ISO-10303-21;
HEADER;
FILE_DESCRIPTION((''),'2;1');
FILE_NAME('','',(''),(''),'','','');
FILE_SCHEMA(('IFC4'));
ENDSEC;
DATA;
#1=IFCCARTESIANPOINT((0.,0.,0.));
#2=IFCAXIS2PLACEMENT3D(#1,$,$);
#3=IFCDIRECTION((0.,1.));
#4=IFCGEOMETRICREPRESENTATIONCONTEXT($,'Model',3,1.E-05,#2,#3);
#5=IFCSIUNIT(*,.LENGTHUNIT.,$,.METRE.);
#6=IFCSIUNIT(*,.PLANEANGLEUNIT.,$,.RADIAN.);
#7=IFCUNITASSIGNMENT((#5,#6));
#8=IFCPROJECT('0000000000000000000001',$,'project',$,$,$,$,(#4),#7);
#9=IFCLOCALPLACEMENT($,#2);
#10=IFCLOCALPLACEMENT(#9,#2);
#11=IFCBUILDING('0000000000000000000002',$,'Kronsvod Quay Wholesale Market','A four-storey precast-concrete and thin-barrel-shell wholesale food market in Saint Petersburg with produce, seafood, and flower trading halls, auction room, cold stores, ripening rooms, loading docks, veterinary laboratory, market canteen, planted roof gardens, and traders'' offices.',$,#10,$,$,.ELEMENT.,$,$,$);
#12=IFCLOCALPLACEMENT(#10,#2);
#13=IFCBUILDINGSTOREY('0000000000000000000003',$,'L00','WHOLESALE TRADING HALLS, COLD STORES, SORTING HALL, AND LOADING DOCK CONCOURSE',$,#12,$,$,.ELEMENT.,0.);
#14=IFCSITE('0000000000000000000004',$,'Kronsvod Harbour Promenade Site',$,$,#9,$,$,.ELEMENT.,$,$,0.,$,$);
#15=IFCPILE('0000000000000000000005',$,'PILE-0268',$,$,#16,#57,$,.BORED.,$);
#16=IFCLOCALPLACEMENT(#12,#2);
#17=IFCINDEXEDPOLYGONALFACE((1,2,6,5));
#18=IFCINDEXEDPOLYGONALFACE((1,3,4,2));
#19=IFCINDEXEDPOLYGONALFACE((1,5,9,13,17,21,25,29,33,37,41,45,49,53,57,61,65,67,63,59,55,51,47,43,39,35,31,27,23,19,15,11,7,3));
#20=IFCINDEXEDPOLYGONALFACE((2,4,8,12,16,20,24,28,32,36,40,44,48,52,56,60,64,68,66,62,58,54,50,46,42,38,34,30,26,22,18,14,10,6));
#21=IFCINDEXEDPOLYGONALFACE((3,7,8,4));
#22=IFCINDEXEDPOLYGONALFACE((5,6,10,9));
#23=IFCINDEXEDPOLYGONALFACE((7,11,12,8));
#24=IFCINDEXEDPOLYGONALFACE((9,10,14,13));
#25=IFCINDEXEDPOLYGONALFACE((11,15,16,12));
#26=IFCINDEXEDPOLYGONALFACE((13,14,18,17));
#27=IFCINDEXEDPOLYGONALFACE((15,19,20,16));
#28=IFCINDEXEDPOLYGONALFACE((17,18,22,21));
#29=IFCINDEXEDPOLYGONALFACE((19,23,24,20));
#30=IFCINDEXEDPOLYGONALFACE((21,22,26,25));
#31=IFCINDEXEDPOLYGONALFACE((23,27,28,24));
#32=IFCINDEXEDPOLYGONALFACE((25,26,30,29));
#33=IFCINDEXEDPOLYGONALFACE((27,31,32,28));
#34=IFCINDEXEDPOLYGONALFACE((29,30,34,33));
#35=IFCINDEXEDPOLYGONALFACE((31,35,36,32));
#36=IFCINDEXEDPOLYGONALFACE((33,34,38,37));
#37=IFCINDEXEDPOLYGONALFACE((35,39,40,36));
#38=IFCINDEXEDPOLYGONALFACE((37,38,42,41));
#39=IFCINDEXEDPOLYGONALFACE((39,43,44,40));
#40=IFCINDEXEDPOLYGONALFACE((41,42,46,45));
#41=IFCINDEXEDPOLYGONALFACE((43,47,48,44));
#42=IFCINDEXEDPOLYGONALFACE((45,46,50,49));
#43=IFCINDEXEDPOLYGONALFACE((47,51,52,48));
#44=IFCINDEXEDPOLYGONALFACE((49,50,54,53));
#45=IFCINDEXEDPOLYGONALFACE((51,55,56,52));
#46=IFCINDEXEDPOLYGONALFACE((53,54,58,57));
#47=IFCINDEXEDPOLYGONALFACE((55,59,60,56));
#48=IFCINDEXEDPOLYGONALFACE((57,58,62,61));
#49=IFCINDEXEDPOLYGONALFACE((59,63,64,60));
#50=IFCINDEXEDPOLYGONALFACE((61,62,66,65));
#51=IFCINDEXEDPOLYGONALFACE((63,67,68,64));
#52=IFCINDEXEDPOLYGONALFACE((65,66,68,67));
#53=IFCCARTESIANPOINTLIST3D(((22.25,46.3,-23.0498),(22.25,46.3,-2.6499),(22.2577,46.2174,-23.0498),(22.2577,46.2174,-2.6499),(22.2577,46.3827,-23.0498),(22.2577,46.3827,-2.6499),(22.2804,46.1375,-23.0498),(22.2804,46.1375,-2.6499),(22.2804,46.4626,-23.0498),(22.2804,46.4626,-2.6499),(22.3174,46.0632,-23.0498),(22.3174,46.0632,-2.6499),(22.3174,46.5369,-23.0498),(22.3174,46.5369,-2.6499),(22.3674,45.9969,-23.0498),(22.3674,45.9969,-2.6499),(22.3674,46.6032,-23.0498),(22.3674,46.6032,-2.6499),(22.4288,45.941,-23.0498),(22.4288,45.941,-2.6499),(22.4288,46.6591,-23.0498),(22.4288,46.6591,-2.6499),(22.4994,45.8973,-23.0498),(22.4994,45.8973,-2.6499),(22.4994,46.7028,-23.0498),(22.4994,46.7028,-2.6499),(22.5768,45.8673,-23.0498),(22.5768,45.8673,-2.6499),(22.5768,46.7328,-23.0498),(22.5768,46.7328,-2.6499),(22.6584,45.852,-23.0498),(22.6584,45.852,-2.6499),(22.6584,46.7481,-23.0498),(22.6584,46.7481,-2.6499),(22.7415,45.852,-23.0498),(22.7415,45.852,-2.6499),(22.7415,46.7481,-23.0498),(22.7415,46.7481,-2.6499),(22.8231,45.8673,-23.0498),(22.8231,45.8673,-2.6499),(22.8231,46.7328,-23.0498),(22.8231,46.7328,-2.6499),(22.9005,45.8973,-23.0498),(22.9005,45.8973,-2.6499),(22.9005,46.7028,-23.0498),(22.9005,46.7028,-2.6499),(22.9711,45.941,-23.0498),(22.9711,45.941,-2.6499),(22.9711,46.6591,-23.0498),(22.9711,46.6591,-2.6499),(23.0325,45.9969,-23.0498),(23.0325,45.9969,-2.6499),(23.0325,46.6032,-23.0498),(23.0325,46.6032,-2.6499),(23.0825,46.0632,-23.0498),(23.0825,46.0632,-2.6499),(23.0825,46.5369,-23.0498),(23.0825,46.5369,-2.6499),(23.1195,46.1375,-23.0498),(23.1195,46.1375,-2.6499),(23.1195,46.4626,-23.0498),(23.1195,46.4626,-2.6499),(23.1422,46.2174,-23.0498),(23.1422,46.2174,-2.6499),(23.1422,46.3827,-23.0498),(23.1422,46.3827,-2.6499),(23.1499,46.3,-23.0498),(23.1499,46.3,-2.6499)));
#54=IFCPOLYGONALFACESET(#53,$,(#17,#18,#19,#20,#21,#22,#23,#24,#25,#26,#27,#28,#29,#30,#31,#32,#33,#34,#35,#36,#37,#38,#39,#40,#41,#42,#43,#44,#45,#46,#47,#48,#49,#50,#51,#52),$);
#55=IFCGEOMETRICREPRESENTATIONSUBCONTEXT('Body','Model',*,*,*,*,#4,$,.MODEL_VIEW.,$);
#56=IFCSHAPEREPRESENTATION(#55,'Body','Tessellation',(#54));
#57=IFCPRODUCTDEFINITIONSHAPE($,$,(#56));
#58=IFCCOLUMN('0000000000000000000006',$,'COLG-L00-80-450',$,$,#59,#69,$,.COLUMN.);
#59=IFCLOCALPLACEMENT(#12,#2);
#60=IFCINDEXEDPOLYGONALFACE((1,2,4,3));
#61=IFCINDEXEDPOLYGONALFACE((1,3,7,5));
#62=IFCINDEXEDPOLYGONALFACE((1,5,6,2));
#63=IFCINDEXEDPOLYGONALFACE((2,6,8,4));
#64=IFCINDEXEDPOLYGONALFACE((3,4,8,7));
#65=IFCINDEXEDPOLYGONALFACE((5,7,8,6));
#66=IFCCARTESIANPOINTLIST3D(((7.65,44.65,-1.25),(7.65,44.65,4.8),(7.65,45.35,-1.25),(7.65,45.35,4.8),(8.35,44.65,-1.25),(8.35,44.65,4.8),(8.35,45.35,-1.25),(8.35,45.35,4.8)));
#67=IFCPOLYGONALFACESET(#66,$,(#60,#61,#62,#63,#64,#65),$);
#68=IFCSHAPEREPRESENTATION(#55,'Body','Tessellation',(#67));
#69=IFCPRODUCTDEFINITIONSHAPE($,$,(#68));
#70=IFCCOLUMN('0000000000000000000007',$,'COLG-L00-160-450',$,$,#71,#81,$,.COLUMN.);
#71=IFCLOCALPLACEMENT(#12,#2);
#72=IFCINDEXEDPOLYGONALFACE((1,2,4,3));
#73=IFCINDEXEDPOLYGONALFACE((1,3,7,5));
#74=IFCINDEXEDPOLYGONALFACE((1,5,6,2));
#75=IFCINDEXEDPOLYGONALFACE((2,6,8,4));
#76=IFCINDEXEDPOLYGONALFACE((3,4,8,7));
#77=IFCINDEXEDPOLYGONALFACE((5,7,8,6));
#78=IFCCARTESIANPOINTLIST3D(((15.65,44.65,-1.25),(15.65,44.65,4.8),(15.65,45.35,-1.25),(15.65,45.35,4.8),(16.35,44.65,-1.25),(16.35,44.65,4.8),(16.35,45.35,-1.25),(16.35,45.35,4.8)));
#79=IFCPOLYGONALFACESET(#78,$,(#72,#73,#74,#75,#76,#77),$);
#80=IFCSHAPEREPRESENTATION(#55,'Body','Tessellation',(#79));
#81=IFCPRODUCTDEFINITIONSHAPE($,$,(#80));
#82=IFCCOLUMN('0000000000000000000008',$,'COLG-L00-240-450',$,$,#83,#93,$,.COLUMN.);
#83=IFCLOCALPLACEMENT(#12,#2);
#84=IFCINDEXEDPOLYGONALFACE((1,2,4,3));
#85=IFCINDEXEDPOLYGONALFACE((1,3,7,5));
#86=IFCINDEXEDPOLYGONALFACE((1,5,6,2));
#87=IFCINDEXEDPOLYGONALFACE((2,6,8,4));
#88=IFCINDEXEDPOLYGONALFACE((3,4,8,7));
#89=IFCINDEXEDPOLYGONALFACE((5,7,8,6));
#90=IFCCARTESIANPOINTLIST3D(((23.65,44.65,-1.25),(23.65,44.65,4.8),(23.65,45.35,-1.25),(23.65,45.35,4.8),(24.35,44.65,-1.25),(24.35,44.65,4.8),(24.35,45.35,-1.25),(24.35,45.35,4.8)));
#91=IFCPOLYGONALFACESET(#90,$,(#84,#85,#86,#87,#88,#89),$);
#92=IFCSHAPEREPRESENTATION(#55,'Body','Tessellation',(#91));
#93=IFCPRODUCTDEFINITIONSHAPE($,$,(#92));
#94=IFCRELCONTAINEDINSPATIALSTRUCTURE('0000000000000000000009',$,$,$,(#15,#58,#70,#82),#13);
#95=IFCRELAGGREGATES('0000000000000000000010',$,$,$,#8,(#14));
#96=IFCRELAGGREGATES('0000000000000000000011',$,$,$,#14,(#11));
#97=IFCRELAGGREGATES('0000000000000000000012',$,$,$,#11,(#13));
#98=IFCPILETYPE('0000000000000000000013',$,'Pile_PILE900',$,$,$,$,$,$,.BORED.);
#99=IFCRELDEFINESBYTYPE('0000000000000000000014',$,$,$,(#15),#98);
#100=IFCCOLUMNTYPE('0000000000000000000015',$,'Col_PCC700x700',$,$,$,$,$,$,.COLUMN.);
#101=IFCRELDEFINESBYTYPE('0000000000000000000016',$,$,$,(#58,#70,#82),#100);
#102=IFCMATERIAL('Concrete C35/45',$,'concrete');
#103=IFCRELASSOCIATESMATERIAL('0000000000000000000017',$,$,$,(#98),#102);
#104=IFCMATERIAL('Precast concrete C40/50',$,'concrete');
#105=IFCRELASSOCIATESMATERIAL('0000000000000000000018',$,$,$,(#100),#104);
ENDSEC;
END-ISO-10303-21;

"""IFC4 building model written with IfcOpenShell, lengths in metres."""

from ifc_helpers import new_model, si_unit, direction, frame, origin, origin_2d, place, context, subcontext, project, spatial, rectangle, circle, extrude, material, material_profile, profile_set, type_object, element, save


model = new_model("IFC4")

# Units and contexts
model_context = context("Model", 3, precision=1e-05, world=origin(), true_north=direction((0.0, 1.0)))
body_context = subcontext(model_context, "Body", "Model", "MODEL_VIEW")
ifc_project = project(units=[si_unit("LENGTHUNIT", "METRE"), si_unit("PLANEANGLEUNIT", "RADIAN")], contexts=[model_context])

# Site, building, storey
site_placement = place(None, origin())
site = spatial("IfcSite", under=ifc_project, at=site_placement, Name="Kronsvod Harbour Promenade Site", CompositionType="ELEMENT", RefElevation=0.0)
building_placement = place(site_placement, origin())
building = spatial("IfcBuilding", under=site, at=building_placement, Name="Kronsvod Quay Wholesale Market", Description="A four-storey precast-concrete and thin-barrel-shell wholesale food market in Saint Petersburg with produce, seafood, and flower trading halls, auction room, cold stores, ripening rooms, loading docks, veterinary laboratory, market canteen, planted roof gardens, and traders' offices.", CompositionType="ELEMENT")
storey_placement = place(building_placement, origin())
storey = spatial("IfcBuildingStorey", under=building, at=storey_placement, Name="L00", Description="WHOLESALE TRADING HALLS, COLD STORES, SORTING HALL, AND LOADING DOCK CONCOURSE", CompositionType="ELEMENT", Elevation=0.0)

# Pile
ifc_material_1 = material(Name="Concrete C35/45", Category="concrete")
ifc_material_profile_1 = material_profile(ifc_material_1, circle(Radius=0.45, at=origin_2d()), Name="PILE900")
ifc_profile_set_1 = profile_set([ifc_material_profile_1], Name="Concrete C35/45")
pile_type_1 = type_object("IfcPileType", Name="Pile_PILE900", PredefinedType="BORED", material=ifc_profile_set_1)
for number, where, z_axis, x_axis, name in (
    (1, (22.7, 46.3, -2.6499), (0.0, 0.0, -1.0), (1.0, 0.0, 0.0), "PILE-0268"),
):
    element("IfcPile", number, at=place(storey_placement, frame(where, z_axis=z_axis, x_axis=x_axis)), inside=storey, type_object=pile_type_1, Name=name, PredefinedType="BORED", context=body_context, shape_type="SweptSolid", body=[
        extrude(circle(Radius=0.45, at=origin_2d()), origin(), (0.0, 0.0, 1.0), 20.3999),
    ])

# Columns
ifc_material_2 = material(Name="Precast concrete C40/50", Category="concrete")
ifc_material_profile_2 = material_profile(ifc_material_2, rectangle(XDim=0.7, YDim=0.7, at=origin_2d()), Name="PCC700x700")
ifc_profile_set_2 = profile_set([ifc_material_profile_2], Name="Precast concrete C40/50")
column_type = type_object("IfcColumnType", Name="Col_PCC700x700", PredefinedType="COLUMN", material=ifc_profile_set_2)
for number, where, z_axis, x_axis, name in (
    (2, (8.0, 45.0, -1.25), (0.0, 0.0, 1.0), (1.0, 0.0, 0.0), "COLG-L00-80-450"),
    (3, (16.0, 45.0, -1.25), (0.0, 0.0, 1.0), (1.0, 0.0, 0.0), "COLG-L00-160-450"),
    (4, (24.0, 45.0, -1.25), (0.0, 0.0, 1.0), (1.0, 0.0, 0.0), "COLG-L00-240-450"),
):
    element("IfcColumn", number, at=place(storey_placement, frame(where, z_axis=z_axis, x_axis=x_axis)), inside=storey, type_object=column_type, Name=name, PredefinedType="COLUMN", context=body_context, shape_type="SweptSolid", body=[
        extrude(rectangle(XDim=0.7, YDim=0.7, at=origin_2d()), origin(), (0.0, 0.0, 1.0), 6.05),
    ])

save(model, "model.ifc")
